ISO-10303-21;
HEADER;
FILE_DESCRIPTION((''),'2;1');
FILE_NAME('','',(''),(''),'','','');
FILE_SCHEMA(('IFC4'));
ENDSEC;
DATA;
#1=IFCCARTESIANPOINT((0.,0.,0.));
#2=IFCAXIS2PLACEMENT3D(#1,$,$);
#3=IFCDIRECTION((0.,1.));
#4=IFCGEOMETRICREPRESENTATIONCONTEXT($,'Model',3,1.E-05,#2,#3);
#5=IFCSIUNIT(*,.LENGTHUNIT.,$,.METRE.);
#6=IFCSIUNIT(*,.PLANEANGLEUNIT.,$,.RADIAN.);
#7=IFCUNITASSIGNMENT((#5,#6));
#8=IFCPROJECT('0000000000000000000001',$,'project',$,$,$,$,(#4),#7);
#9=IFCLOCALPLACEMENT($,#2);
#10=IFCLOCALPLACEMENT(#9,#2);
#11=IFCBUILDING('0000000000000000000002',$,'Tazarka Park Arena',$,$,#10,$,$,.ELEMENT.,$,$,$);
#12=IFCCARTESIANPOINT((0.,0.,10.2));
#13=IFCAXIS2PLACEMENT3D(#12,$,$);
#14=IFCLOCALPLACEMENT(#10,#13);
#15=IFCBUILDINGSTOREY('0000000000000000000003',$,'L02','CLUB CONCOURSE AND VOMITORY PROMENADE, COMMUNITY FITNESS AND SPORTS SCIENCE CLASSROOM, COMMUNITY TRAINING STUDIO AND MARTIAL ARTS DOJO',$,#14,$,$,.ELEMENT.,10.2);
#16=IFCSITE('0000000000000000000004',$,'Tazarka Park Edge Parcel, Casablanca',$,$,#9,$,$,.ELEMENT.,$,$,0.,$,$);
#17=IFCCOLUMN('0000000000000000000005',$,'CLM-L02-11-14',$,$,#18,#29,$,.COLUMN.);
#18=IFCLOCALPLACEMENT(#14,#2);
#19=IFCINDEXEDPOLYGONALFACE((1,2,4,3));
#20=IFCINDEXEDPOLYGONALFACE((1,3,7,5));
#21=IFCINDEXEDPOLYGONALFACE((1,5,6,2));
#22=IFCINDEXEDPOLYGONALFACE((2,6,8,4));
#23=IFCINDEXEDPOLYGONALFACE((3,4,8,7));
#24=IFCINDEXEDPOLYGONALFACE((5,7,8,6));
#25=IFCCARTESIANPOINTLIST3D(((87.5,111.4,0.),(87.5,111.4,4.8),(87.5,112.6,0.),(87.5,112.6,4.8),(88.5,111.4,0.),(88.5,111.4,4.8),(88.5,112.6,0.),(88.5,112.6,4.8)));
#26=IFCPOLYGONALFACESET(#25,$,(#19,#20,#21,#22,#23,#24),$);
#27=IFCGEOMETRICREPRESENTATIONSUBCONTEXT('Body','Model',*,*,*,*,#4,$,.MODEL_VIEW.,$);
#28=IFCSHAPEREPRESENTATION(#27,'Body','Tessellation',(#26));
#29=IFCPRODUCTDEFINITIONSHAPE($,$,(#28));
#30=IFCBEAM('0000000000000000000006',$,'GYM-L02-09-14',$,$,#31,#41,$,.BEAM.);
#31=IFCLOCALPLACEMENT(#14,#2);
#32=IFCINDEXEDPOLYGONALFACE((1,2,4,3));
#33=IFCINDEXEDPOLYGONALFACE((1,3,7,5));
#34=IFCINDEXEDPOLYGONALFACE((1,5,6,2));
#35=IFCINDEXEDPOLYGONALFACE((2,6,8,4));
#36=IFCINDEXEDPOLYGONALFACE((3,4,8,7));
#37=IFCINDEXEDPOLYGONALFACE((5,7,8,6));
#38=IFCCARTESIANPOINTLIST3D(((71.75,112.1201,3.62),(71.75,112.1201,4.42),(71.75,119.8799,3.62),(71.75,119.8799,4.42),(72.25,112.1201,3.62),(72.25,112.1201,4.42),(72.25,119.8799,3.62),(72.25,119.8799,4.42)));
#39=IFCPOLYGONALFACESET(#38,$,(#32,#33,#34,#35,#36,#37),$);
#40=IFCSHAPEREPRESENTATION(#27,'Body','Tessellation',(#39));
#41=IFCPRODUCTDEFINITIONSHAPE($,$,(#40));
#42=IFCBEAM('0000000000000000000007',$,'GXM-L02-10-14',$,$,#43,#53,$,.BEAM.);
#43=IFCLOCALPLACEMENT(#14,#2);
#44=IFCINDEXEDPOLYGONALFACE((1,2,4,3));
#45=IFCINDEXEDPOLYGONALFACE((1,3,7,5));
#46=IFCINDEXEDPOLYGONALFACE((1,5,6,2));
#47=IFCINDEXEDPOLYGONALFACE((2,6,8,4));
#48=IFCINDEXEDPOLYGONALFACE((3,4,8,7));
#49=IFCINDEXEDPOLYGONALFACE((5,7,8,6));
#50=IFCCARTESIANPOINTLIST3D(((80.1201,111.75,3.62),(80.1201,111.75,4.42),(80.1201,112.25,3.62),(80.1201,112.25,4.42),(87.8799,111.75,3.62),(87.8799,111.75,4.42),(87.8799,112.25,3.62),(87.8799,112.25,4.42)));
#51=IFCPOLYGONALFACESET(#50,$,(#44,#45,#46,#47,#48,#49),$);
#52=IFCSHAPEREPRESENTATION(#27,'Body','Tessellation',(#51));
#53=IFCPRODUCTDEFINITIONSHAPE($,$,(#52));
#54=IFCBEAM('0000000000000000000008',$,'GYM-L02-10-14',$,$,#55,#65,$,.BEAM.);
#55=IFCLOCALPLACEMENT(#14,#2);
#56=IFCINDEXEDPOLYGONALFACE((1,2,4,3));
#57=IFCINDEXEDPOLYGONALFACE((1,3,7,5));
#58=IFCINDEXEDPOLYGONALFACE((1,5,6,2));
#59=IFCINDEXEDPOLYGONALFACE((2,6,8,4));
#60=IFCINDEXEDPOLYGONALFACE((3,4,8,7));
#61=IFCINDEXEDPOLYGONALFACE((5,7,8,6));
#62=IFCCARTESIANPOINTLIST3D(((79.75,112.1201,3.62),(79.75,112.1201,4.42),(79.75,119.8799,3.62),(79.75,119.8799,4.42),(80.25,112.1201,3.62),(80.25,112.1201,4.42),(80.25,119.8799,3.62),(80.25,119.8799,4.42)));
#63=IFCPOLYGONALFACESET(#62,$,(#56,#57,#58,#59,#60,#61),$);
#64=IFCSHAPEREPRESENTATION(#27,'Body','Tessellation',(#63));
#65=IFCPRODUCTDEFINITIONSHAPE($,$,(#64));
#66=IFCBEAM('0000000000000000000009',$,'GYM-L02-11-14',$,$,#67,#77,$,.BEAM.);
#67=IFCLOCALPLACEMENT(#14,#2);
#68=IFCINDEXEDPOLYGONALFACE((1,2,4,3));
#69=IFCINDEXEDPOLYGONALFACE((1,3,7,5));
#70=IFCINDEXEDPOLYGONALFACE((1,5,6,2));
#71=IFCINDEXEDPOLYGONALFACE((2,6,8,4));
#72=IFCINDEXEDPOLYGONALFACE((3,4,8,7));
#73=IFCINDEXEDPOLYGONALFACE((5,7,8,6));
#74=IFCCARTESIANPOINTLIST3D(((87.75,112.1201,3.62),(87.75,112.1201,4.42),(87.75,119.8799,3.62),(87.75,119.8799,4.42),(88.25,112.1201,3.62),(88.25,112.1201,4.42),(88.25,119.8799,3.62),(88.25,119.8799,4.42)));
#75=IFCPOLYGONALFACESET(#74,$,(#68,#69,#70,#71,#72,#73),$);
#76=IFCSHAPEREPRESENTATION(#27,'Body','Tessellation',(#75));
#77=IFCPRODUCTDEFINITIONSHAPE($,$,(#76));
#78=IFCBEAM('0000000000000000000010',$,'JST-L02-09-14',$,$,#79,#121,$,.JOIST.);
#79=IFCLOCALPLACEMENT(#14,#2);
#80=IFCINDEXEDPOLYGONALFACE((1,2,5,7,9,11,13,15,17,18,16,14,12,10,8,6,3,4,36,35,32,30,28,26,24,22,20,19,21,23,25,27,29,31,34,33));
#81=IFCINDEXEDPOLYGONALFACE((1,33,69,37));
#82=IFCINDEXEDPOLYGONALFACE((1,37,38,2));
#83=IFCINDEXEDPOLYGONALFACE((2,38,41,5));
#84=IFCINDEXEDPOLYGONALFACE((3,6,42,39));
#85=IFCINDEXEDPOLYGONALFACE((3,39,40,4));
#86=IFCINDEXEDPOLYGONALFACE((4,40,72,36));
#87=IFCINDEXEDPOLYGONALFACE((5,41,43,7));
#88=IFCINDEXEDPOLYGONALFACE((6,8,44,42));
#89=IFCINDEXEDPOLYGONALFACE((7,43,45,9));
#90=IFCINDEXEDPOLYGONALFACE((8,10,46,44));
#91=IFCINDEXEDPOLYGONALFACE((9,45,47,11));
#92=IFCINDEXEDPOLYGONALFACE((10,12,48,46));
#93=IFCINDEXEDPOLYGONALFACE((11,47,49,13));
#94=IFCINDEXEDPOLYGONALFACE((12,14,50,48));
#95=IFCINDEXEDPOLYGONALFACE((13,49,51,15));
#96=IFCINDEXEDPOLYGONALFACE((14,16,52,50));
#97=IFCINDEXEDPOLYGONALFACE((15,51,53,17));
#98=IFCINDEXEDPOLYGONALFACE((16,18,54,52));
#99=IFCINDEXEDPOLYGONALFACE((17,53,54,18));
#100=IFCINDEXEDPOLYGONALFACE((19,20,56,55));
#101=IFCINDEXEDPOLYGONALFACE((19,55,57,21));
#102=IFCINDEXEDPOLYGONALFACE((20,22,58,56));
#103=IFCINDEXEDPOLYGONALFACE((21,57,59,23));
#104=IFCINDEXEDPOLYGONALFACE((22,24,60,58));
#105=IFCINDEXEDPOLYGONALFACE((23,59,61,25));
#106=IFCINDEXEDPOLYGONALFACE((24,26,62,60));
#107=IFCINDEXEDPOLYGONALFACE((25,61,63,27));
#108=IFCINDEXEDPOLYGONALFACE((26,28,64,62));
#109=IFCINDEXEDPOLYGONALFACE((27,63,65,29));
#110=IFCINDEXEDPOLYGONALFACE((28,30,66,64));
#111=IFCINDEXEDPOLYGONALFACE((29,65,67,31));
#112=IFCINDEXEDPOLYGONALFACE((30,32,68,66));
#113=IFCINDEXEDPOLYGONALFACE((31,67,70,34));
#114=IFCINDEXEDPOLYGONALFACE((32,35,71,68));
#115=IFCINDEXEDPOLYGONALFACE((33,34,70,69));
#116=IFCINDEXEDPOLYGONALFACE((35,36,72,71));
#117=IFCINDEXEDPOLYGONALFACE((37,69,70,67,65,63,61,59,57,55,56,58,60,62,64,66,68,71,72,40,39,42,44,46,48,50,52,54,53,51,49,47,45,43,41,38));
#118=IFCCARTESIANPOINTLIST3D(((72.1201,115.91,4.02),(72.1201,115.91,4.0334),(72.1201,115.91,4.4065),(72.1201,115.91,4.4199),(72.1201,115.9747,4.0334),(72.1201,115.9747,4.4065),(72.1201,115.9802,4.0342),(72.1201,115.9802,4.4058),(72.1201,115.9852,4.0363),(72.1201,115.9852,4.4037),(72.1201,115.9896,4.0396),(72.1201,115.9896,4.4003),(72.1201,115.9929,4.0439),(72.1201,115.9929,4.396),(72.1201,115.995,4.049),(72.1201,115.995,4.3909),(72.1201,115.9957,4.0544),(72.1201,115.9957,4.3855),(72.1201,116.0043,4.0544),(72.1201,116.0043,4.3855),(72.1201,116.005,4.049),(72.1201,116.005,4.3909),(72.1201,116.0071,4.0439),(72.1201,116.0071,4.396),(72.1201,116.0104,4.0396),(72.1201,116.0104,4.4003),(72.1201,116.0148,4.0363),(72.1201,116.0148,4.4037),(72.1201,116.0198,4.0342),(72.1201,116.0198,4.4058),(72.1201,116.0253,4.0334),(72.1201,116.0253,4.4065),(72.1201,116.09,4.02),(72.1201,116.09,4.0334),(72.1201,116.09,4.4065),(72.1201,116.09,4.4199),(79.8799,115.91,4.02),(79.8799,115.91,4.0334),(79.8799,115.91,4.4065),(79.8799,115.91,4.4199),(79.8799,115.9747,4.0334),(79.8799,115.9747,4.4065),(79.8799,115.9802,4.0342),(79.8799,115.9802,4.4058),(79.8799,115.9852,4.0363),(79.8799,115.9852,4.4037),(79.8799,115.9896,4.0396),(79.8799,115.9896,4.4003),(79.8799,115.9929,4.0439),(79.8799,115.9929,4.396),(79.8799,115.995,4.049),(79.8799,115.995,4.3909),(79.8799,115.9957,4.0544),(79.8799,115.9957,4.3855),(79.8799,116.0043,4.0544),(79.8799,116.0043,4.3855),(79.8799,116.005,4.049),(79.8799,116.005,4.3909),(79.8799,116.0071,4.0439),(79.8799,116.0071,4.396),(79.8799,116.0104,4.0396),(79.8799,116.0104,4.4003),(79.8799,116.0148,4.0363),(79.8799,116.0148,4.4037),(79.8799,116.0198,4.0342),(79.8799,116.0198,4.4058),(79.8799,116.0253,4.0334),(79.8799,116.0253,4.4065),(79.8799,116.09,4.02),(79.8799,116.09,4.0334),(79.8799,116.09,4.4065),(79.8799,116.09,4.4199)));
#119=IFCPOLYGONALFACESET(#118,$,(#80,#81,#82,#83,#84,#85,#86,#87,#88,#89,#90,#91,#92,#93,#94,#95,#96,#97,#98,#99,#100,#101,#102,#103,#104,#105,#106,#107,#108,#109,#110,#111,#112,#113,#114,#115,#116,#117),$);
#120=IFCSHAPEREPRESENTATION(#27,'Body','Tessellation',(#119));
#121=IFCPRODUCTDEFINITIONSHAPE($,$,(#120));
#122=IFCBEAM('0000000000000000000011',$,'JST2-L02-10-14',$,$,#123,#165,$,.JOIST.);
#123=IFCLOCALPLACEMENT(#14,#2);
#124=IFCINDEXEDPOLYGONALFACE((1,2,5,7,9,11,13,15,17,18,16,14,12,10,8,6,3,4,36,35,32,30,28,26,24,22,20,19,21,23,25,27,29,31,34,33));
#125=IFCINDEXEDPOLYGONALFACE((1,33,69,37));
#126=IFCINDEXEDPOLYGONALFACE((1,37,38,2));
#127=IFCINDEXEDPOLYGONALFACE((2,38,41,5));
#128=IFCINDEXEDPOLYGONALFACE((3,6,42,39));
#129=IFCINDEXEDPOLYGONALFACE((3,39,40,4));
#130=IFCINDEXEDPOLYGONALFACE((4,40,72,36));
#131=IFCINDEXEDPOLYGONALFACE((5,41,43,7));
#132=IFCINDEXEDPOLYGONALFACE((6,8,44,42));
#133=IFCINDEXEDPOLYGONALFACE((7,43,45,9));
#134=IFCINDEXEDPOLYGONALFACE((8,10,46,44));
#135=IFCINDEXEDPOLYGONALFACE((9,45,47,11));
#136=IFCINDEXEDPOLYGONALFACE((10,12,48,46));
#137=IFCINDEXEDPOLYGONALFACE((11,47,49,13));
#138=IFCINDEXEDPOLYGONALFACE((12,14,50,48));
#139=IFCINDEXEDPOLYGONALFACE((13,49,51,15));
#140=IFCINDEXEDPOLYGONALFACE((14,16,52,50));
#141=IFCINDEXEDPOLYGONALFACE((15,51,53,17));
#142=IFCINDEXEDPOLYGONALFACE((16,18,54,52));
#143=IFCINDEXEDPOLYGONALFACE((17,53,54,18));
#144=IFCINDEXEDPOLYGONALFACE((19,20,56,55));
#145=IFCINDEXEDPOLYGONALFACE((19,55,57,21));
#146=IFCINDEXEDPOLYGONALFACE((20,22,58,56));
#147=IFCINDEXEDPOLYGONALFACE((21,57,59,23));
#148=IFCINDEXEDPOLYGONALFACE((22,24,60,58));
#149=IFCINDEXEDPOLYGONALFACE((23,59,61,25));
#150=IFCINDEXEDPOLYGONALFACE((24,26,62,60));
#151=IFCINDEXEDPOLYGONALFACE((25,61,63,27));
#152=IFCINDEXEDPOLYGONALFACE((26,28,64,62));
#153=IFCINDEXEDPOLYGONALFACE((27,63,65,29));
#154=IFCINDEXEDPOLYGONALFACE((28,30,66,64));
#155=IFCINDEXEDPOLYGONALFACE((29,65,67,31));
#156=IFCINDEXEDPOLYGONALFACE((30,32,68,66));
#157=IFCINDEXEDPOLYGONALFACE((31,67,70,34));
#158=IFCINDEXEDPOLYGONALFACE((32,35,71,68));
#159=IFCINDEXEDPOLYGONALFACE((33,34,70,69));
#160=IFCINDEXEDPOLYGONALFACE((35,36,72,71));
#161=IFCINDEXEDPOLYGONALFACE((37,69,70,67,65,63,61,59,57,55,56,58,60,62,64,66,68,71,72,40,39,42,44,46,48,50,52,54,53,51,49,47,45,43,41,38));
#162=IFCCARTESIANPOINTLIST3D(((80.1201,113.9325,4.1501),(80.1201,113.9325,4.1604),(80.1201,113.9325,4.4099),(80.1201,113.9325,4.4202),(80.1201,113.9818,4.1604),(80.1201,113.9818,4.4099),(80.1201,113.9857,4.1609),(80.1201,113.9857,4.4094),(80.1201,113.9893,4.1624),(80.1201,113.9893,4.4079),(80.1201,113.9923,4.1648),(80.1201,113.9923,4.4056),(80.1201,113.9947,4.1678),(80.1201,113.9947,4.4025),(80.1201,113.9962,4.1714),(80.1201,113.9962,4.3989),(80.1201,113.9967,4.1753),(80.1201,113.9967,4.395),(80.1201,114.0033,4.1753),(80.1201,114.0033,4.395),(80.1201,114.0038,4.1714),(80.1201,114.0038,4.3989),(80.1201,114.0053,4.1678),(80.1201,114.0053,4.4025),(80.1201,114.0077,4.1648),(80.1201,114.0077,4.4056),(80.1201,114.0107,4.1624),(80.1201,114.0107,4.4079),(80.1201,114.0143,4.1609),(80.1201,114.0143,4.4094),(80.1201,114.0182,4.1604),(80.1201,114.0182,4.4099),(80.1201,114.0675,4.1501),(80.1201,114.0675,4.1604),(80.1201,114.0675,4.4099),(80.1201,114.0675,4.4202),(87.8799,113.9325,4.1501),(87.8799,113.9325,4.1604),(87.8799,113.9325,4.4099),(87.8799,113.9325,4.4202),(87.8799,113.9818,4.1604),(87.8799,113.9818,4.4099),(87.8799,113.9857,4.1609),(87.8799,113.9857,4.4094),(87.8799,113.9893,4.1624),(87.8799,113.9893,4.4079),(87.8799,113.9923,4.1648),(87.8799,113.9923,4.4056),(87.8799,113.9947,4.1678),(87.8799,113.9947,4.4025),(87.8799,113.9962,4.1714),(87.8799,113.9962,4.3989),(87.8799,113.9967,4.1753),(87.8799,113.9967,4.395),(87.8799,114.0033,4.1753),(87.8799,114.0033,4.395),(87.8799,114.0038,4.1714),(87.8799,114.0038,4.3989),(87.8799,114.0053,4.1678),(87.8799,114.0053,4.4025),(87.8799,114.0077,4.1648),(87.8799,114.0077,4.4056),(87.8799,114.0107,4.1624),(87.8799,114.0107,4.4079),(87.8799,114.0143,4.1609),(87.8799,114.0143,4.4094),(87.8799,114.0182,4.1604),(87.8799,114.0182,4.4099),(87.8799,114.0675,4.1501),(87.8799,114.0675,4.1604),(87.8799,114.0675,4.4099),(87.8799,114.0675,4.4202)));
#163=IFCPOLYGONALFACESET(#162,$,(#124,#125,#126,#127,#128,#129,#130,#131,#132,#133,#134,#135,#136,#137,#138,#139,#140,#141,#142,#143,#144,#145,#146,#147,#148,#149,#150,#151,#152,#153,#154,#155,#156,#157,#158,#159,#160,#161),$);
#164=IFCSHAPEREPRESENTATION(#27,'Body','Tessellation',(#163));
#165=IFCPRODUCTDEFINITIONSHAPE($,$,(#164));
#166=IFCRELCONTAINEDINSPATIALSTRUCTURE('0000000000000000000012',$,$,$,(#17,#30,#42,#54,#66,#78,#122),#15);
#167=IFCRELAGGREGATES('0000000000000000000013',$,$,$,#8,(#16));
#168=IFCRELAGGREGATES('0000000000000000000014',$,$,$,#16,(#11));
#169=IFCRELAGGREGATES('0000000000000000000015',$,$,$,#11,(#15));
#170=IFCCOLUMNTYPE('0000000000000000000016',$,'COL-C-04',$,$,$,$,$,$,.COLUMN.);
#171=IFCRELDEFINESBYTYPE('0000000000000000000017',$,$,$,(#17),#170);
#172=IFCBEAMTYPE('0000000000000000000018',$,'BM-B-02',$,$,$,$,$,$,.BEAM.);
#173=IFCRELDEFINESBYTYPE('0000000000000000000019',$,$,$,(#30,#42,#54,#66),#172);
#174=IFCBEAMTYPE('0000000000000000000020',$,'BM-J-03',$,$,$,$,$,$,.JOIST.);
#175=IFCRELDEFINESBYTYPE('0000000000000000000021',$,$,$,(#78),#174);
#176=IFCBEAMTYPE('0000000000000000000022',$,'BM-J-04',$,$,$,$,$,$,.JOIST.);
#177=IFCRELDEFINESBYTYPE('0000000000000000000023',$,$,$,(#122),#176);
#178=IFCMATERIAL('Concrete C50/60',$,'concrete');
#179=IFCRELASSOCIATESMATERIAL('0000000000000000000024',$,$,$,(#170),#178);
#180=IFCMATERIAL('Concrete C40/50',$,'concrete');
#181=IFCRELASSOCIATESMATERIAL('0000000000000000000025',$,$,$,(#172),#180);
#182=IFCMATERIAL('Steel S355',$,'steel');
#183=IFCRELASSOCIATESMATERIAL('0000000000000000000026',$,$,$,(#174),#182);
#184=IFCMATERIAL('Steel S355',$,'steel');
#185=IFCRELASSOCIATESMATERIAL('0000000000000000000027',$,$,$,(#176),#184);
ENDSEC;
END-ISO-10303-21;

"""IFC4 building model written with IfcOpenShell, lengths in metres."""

from ifc_helpers import new_model, si_unit, direction, frame, origin, origin_2d, place, context, subcontext, project, spatial, rectangle, i_section, extrude, material, material_profile, profile_set, type_object, element, save


model = new_model("IFC4")

# Units and contexts
model_context = context("Model", 3, precision=1e-05, world=origin(), true_north=direction((0.0, 1.0)))
body_context = subcontext(model_context, "Body", "Model", "MODEL_VIEW")
ifc_project = project(units=[si_unit("LENGTHUNIT", "METRE"), si_unit("PLANEANGLEUNIT", "RADIAN")], contexts=[model_context])

# Site, building, storey
site_placement = place(None, origin())
site = spatial("IfcSite", under=ifc_project, at=site_placement, Name="Tazarka Park Edge Parcel, Casablanca", CompositionType="ELEMENT", RefElevation=0.0)
building_placement = place(site_placement, origin())
building = spatial("IfcBuilding", under=site, at=building_placement, Name="Tazarka Park Arena", CompositionType="ELEMENT")
storey_placement = place(building_placement, frame((0.0, 0.0, 10.2)))
storey = spatial("IfcBuildingStorey", under=building, at=storey_placement, Name="L02", Description="CLUB CONCOURSE AND VOMITORY PROMENADE, COMMUNITY FITNESS AND SPORTS SCIENCE CLASSROOM, COMMUNITY TRAINING STUDIO AND MARTIAL ARTS DOJO", CompositionType="ELEMENT", Elevation=10.2)

# Column
ifc_material_1 = material(Name="Concrete C50/60", Category="concrete")
ifc_material_profile_1 = material_profile(ifc_material_1, rectangle(XDim=1.0, YDim=1.2, at=origin_2d()), Name="Concrete C50/60")
ifc_profile_set_1 = profile_set([ifc_material_profile_1], Name="Concrete C50/60")
column_type = type_object("IfcColumnType", Name="COL-C-04", PredefinedType="COLUMN", material=ifc_profile_set_1)
column_placement = place(storey_placement, frame((88.0, 112.0, 0.0), z_axis=(0.0, 0.0, 1.0), x_axis=(1.0, 0.0, 0.0)))
element("IfcColumn", 1, at=column_placement, inside=storey, type_object=column_type, Name="CLM-L02-11-14", PredefinedType="COLUMN", context=body_context, shape_type="SweptSolid", body=[
    extrude(rectangle(XDim=1.0, YDim=1.2, at=origin_2d()), origin(), (0.0, 0.0, 1.0), 4.8),
])

# Beams
ifc_material_2 = material(Name="Concrete C40/50", Category="concrete")
ifc_material_profile_2 = material_profile(ifc_material_2, rectangle(XDim=0.5, YDim=0.8, at=origin_2d()), Name="Concrete C40/50")
ifc_profile_set_2 = profile_set([ifc_material_profile_2], Name="Concrete C40/50")
beam_type_1 = type_object("IfcBeamType", Name="BM-B-02", PredefinedType="BEAM", material=ifc_profile_set_2)
for number, where, z_axis, x_axis, name in (
    (2, (72.0, 112.1201, 4.02), (0.0, 1.0, 0.0), (-1.0, 0.0, 0.0), "GYM-L02-09-14"),
    (3, (80.1201, 112.0, 4.02), (1.0, 0.0, 0.0), (0.0, 1.0, 0.0), "GXM-L02-10-14"),
    (4, (80.0, 112.1201, 4.02), (0.0, 1.0, 0.0), (-1.0, 0.0, 0.0), "GYM-L02-10-14"),
    (5, (88.0, 112.1201, 4.02), (0.0, 1.0, 0.0), (-1.0, 0.0, 0.0), "GYM-L02-11-14"),
):
    element("IfcBeam", number, at=place(storey_placement, frame(where, z_axis=z_axis, x_axis=x_axis)), inside=storey, type_object=beam_type_1, Name=name, PredefinedType="BEAM", context=body_context, shape_type="SweptSolid", body=[
        extrude(rectangle(XDim=0.5, YDim=0.8, at=origin_2d()), origin(), (0.0, 0.0, 1.0), 7.7598),
    ])
ifc_material_3 = material(Name="Steel S355", Category="steel")
ifc_material_profile_3 = material_profile(ifc_material_3, i_section(OverallWidth=0.1799, OverallDepth=0.3999, WebThickness=0.0085, FlangeThickness=0.0134, FilletRadius=0.021, at=origin_2d()), Name="Steel S355")
ifc_profile_set_3 = profile_set([ifc_material_profile_3], Name="Steel S355")
beam_type_2 = type_object("IfcBeamType", Name="BM-J-03", PredefinedType="JOIST", material=ifc_profile_set_3)
beam_1_placement = place(storey_placement, frame((72.1201, 116.0, 4.22), z_axis=(1.0, 0.0, 0.0), x_axis=(0.0, 1.0, 0.0)))
element("IfcBeam", 6, at=beam_1_placement, inside=storey, type_object=beam_type_2, Name="JST-L02-09-14", PredefinedType="JOIST", context=body_context, shape_type="SweptSolid", body=[
    extrude(i_section(OverallWidth=0.1799, OverallDepth=0.3999, WebThickness=0.0085, FlangeThickness=0.0134, FilletRadius=0.021, at=origin_2d()), origin(), (0.0, 0.0, 1.0), 7.7598),
])
ifc_material_4 = material(Name="Steel S355", Category="steel")
ifc_material_profile_4 = material_profile(ifc_material_4, i_section(OverallWidth=0.135, OverallDepth=0.27, WebThickness=0.0066, FlangeThickness=0.0103, FilletRadius=0.0149, at=origin_2d()), Name="Steel S355")
ifc_profile_set_4 = profile_set([ifc_material_profile_4], Name="Steel S355")
beam_type_3 = type_object("IfcBeamType", Name="BM-J-04", PredefinedType="JOIST", material=ifc_profile_set_4)
beam_2_placement = place(storey_placement, frame((80.1201, 114.0, 4.2852), z_axis=(1.0, 0.0, 0.0), x_axis=(0.0, 1.0, 0.0)))
element("IfcBeam", 7, at=beam_2_placement, inside=storey, type_object=beam_type_3, Name="JST2-L02-10-14", PredefinedType="JOIST", context=body_context, shape_type="SweptSolid", body=[
    extrude(i_section(OverallWidth=0.135, OverallDepth=0.27, WebThickness=0.0066, FlangeThickness=0.0103, FilletRadius=0.0149, at=origin_2d()), origin(), (0.0, 0.0, 1.0), 7.7598),
])

save(model, "model.ifc")
